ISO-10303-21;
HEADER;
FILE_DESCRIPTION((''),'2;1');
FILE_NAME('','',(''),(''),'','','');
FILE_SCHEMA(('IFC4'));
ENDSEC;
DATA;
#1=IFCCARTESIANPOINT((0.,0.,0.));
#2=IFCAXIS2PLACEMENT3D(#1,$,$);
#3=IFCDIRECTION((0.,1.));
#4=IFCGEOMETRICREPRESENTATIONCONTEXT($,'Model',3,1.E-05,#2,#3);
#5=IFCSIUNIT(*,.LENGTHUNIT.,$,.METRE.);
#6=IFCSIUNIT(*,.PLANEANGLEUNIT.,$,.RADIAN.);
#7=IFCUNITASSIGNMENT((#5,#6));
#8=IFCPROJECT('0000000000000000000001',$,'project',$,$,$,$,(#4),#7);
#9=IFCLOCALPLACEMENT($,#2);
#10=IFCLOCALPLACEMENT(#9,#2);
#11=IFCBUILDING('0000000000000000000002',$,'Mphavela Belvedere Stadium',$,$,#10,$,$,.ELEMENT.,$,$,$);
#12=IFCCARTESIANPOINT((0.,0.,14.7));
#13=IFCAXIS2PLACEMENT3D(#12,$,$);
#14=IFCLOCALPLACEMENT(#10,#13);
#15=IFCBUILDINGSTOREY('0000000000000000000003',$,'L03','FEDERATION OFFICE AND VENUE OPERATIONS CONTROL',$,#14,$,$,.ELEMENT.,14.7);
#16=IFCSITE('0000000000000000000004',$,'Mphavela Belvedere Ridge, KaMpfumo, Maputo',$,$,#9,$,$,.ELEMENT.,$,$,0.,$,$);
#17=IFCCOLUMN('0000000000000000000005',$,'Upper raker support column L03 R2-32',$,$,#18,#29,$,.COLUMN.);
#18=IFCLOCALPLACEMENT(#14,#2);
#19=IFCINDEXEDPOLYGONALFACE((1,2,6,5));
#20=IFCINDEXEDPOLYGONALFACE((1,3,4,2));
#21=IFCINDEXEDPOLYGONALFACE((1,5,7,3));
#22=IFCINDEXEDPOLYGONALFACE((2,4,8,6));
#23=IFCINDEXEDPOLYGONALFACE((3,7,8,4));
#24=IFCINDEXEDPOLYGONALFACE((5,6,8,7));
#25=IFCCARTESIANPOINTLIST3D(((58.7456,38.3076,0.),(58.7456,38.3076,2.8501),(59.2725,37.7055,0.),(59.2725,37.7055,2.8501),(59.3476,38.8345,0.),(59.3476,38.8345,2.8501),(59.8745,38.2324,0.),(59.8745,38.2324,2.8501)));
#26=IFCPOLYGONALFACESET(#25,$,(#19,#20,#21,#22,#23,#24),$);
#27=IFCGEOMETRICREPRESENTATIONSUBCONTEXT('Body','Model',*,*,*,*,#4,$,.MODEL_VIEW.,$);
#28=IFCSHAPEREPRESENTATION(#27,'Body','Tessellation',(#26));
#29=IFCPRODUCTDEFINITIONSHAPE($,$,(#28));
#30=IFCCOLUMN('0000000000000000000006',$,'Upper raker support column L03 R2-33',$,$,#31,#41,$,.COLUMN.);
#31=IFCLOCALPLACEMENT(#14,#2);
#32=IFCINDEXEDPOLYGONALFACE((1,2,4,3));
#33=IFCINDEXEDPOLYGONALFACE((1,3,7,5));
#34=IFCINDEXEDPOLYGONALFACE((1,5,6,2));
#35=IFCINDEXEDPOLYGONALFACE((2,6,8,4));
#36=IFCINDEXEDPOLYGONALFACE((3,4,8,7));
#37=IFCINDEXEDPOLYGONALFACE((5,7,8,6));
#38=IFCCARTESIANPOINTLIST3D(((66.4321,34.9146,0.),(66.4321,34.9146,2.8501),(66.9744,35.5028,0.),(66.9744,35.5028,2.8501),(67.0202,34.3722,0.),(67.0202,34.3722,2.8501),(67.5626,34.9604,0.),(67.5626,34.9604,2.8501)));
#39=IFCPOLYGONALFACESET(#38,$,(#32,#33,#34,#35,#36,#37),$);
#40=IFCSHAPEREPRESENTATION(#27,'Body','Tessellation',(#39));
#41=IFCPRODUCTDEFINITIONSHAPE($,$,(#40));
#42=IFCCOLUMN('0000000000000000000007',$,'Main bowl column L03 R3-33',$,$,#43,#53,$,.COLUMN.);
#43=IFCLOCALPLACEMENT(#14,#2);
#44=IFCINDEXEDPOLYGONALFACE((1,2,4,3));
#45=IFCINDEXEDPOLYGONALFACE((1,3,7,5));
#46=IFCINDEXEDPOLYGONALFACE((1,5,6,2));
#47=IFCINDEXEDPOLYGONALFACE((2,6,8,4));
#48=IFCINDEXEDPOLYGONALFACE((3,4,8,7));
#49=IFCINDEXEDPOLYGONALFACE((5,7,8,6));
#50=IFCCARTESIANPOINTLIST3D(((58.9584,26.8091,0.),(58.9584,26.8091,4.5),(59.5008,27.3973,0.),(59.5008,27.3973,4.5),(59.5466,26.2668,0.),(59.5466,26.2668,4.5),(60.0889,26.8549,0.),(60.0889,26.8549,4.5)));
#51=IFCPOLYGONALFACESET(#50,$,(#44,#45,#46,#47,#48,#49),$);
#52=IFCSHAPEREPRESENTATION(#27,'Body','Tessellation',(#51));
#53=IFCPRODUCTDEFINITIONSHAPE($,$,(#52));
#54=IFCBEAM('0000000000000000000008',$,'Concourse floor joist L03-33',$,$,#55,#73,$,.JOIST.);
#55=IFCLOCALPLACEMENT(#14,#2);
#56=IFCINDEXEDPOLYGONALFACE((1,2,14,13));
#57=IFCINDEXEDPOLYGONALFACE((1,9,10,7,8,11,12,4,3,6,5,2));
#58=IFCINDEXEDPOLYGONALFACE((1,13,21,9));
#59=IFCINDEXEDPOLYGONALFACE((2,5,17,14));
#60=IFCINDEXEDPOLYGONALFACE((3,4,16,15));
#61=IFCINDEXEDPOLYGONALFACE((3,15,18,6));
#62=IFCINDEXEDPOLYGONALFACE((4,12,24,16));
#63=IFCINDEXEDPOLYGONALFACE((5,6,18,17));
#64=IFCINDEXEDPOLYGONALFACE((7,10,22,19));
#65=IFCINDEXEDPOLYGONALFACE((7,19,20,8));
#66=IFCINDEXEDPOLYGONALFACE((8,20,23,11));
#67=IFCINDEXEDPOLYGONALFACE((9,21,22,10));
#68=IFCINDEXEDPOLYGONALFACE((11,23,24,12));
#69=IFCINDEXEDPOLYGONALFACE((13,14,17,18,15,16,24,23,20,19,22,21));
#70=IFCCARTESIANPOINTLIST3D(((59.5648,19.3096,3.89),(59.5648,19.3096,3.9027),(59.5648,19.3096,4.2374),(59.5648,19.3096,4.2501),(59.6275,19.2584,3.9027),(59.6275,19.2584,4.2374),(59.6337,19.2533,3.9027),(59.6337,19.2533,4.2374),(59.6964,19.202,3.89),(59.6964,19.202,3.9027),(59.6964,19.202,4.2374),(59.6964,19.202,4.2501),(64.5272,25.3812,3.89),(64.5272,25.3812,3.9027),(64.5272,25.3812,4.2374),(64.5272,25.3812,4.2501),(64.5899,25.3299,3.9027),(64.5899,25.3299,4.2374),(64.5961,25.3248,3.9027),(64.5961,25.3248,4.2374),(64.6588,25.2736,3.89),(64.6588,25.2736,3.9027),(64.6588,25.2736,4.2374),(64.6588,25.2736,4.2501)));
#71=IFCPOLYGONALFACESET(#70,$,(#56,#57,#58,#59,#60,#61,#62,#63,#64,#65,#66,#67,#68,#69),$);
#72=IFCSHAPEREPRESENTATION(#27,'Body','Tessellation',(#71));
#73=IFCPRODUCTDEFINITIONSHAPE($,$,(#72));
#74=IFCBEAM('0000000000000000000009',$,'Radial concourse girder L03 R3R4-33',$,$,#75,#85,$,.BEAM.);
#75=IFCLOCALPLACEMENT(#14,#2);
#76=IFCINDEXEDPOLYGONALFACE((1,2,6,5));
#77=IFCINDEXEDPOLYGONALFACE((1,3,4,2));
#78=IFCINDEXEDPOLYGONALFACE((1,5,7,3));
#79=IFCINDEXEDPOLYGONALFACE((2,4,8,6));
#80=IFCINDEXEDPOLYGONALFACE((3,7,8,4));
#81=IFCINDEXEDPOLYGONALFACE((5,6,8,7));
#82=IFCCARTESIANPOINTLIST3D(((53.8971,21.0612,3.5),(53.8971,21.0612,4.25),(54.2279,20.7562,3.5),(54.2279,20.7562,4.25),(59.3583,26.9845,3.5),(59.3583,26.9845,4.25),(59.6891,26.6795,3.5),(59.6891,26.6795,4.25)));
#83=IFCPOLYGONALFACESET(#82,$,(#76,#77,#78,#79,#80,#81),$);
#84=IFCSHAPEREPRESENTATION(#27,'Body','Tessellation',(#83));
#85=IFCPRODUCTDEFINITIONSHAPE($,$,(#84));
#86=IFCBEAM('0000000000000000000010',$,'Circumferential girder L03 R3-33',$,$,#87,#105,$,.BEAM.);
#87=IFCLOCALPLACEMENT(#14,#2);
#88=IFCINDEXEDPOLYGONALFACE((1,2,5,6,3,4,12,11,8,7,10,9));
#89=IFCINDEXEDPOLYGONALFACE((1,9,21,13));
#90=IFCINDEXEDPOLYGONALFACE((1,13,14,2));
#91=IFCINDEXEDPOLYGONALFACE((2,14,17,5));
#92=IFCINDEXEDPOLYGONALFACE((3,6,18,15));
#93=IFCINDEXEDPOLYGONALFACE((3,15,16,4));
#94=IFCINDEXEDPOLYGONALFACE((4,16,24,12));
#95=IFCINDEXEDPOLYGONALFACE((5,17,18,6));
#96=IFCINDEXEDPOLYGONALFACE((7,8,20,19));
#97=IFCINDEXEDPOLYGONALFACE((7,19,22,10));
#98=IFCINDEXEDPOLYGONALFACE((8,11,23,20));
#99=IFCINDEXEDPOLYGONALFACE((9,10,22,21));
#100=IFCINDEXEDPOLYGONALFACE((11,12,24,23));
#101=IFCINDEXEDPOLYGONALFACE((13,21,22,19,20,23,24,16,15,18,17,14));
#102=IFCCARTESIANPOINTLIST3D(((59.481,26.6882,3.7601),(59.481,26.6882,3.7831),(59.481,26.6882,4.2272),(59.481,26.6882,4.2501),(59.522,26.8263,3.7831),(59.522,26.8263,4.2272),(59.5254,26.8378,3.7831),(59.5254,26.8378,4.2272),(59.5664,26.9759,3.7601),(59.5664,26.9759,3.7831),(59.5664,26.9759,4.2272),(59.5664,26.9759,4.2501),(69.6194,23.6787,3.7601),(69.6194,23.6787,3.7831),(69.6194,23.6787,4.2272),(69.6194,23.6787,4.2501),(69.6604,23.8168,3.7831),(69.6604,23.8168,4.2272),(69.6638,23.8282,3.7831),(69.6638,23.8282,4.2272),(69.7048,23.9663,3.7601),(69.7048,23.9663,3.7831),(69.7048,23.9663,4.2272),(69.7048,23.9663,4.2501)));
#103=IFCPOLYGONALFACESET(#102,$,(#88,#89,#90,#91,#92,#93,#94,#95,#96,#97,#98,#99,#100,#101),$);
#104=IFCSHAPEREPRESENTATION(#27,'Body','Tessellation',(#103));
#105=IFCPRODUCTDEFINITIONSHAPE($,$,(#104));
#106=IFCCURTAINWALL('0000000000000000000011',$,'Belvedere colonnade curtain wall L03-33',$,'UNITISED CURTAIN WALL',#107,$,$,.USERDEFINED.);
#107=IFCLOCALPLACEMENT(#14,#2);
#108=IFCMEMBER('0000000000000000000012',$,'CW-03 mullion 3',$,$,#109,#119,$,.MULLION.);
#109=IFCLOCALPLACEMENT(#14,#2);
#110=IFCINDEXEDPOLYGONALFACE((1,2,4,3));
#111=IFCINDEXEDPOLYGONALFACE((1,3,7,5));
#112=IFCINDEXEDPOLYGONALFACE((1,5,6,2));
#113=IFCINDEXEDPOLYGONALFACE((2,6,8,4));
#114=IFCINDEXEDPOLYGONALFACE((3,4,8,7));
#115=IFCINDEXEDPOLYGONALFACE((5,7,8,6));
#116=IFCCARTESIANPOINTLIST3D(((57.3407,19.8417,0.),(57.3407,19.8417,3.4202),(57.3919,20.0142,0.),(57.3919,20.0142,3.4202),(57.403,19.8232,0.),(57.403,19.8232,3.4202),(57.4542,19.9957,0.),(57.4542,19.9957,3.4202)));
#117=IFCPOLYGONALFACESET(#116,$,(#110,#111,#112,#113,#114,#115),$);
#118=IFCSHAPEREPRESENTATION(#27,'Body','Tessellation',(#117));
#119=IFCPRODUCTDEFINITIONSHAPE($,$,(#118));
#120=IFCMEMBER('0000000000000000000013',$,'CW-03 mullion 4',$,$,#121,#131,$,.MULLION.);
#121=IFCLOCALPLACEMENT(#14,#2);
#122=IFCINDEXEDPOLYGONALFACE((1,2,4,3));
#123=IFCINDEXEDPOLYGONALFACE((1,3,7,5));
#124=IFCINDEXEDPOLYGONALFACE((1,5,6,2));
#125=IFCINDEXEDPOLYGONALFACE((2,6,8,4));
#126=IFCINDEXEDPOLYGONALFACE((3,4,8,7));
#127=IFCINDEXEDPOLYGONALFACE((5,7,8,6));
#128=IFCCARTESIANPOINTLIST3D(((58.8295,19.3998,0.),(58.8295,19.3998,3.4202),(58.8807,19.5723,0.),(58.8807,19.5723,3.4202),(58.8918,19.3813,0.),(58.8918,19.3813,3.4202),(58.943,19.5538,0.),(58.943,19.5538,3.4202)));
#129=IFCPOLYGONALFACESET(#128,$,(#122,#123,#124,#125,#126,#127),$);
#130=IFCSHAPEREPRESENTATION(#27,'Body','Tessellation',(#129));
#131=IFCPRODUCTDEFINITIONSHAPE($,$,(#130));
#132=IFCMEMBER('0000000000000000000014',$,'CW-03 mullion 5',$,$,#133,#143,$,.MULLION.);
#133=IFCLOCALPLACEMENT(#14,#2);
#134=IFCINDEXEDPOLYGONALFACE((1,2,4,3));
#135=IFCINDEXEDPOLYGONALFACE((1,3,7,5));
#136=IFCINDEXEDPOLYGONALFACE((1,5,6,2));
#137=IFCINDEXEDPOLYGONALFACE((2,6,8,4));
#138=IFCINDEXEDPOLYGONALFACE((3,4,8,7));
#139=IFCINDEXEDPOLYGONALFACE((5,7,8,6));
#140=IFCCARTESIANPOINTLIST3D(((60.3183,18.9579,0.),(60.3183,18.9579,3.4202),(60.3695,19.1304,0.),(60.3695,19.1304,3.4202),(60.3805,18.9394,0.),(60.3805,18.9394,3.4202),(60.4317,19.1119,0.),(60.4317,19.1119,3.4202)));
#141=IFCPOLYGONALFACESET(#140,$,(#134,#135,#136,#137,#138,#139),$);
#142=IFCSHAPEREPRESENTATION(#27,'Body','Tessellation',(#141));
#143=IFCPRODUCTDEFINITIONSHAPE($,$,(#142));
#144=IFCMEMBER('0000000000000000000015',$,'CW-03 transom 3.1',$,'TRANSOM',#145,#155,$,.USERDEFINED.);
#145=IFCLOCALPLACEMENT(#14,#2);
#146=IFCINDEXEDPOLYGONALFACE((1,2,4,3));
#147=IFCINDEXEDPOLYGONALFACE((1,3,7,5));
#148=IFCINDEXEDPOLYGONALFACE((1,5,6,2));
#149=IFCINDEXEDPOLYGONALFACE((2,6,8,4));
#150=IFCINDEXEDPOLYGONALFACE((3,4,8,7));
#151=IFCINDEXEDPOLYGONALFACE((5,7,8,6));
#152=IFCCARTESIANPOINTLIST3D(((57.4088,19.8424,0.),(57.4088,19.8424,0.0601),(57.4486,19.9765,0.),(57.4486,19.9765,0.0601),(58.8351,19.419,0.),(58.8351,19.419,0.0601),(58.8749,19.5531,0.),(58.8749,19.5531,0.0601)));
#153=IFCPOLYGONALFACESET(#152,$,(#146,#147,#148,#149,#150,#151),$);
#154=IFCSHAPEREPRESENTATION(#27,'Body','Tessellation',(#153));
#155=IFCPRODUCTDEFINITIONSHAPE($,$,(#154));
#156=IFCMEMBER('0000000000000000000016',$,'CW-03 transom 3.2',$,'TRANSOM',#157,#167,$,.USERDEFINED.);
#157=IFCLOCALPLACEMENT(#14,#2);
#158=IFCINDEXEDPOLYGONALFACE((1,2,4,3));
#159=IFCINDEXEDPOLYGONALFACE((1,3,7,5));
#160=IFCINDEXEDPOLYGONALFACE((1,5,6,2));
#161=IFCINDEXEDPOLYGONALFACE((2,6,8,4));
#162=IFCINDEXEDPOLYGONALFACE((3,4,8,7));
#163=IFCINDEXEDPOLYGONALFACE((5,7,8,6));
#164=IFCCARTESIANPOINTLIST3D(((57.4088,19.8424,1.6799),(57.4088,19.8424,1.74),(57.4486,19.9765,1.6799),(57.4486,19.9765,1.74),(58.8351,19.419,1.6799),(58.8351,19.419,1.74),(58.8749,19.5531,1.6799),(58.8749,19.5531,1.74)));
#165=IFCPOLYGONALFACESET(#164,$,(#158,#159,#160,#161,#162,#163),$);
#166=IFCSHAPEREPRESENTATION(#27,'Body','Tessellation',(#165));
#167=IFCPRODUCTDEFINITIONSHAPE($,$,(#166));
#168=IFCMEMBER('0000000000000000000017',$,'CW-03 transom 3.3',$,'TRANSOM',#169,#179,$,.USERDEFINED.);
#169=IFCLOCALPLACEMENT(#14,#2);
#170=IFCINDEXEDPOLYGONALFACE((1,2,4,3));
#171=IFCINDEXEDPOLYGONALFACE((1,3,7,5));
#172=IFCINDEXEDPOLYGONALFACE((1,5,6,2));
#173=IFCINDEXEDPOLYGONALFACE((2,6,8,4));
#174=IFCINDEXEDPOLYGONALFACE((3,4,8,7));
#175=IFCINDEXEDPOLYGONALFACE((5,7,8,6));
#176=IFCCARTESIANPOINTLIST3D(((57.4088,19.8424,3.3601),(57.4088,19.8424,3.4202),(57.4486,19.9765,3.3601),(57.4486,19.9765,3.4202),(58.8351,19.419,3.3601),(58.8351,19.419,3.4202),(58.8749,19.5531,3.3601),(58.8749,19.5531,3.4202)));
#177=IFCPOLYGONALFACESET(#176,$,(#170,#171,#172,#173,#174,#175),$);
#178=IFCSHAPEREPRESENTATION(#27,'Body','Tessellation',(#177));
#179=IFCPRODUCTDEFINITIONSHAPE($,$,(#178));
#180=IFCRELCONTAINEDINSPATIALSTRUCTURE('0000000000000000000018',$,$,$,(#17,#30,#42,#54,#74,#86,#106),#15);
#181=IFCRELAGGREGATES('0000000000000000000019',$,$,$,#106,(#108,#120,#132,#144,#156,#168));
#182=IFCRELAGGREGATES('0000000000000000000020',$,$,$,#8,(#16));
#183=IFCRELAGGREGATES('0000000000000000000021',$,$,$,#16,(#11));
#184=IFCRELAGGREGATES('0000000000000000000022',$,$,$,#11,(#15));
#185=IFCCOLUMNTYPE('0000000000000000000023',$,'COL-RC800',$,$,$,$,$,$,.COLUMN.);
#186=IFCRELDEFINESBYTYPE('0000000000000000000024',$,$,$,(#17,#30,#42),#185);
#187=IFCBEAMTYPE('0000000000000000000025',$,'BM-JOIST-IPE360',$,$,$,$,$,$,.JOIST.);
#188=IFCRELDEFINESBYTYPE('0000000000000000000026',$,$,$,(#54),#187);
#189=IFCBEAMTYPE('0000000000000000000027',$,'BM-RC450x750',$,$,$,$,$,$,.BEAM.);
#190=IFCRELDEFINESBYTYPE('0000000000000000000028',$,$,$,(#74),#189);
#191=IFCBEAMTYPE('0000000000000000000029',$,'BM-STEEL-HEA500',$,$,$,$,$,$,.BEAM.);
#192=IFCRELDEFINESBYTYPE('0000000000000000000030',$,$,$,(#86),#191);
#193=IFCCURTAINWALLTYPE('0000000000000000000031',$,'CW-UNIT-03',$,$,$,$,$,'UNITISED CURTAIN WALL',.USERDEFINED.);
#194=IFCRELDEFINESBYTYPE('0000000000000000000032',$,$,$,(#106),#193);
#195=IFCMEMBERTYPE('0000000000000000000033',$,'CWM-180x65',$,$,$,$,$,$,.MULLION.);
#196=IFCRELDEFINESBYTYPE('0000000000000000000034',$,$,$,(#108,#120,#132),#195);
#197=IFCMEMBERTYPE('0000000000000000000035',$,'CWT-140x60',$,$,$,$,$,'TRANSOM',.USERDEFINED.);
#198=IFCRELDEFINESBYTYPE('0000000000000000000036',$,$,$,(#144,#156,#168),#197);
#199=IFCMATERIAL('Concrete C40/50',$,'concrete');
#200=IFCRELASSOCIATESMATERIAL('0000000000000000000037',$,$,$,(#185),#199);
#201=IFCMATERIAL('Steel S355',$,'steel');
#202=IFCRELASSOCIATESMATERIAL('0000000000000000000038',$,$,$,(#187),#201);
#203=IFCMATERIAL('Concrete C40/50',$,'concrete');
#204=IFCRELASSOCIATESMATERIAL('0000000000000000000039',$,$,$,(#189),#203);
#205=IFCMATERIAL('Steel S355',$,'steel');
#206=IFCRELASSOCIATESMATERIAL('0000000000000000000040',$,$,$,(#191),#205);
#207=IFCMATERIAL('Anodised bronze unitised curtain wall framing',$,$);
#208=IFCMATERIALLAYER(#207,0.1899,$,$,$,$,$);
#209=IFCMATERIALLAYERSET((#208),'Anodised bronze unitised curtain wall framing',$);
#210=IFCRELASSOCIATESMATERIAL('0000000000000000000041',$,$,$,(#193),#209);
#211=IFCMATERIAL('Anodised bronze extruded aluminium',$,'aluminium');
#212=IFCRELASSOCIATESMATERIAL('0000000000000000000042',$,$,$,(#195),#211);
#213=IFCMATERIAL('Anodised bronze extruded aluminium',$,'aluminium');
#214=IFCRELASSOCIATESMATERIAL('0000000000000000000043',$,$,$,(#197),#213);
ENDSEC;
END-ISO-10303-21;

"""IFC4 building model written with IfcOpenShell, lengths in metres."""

from ifc_helpers import new_model, si_unit, direction, frame, origin, origin_2d, place, context, subcontext, project, spatial, rectangle, i_section, extrude, material, layer, layer_set, material_profile, profile_set, type_object, element, aggregate, save


model = new_model("IFC4")

# Units and contexts
model_context = context("Model", 3, precision=1e-05, world=origin(), true_north=direction((0.0, 1.0)))
body_context = subcontext(model_context, "Body", "Model", "MODEL_VIEW")
ifc_project = project(units=[si_unit("LENGTHUNIT", "METRE"), si_unit("PLANEANGLEUNIT", "RADIAN")], contexts=[model_context])

# Site, building, storey
site_placement = place(None, origin())
site = spatial("IfcSite", under=ifc_project, at=site_placement, Name="Mphavela Belvedere Ridge, KaMpfumo, Maputo", CompositionType="ELEMENT", RefElevation=0.0)
building_placement = place(site_placement, origin())
building = spatial("IfcBuilding", under=site, at=building_placement, Name="Mphavela Belvedere Stadium", CompositionType="ELEMENT")
storey_placement = place(building_placement, frame((0.0, 0.0, 14.7)))
storey = spatial("IfcBuildingStorey", under=building, at=storey_placement, Name="L03", Description="FEDERATION OFFICE AND VENUE OPERATIONS CONTROL", CompositionType="ELEMENT", Elevation=14.7)

# Columns
ifc_material_1 = material(Name="Concrete C40/50", Category="concrete")
ifc_material_profile_1 = material_profile(ifc_material_1, rectangle(XDim=0.8, YDim=0.8, at=origin_2d()), Name="RC 800x800")
ifc_profile_set_1 = profile_set([ifc_material_profile_1], Name="Concrete C40/50")
column_type = type_object("IfcColumnType", Name="COL-RC800", PredefinedType="COLUMN", material=ifc_profile_set_1)
for number, where, z_axis, x_axis, name in (
    (1, (59.3101, 38.27, 0.0), (0.0, 0.0, 1.0), (-0.75253, -0.658558, 0.0), "Upper raker support column L03 R2-32"),
    (2, (66.9973, 34.9375, 0.0), (0.0, 0.0, 1.0), (-0.677903, -0.735151, 0.0), "Upper raker support column L03 R2-33"),
):
    element("IfcColumn", number, at=place(storey_placement, frame(where, z_axis=z_axis, x_axis=x_axis)), inside=storey, type_object=column_type, Name=name, PredefinedType="COLUMN", context=body_context, shape_type="SweptSolid", body=[
        extrude(rectangle(XDim=0.8, YDim=0.8, at=origin_2d()), origin(), (0.0, 0.0, 1.0), 2.8501),
    ])
column_placement = place(storey_placement, frame((59.5237, 26.832, 0.0), z_axis=(0.0, 0.0, 1.0), x_axis=(-0.677903, -0.735151, 0.0)))
element("IfcColumn", 3, at=column_placement, inside=storey, type_object=column_type, Name="Main bowl column L03 R3-33", PredefinedType="COLUMN", context=body_context, shape_type="SweptSolid", body=[
    extrude(rectangle(XDim=0.8, YDim=0.8, at=origin_2d()), origin(), (0.0, 0.0, 1.0), 4.5),
])

# Beams
ifc_material_2 = material(Name="Steel S355", Category="steel")
ifc_material_profile_2 = material_profile(ifc_material_2, i_section(OverallWidth=0.1699, OverallDepth=0.3601, WebThickness=0.0081, FlangeThickness=0.0127, at=origin_2d()), Name="IPE 360")
ifc_profile_set_2 = profile_set([ifc_material_profile_2], Name="Steel S355")
beam_type_1 = type_object("IfcBeamType", Name="BM-JOIST-IPE360", PredefinedType="JOIST", material=ifc_profile_set_2)
beam_1_placement = place(storey_placement, frame((64.593, 25.3274, 4.0701), z_axis=(-0.632839, -0.774283, 0.0), x_axis=(0.774283, -0.632839, 0.0)))
element("IfcBeam", 4, at=beam_1_placement, inside=storey, type_object=beam_type_1, Name="Concourse floor joist L03-33", PredefinedType="JOIST", context=body_context, shape_type="SweptSolid", body=[
    extrude(i_section(OverallWidth=0.1699, OverallDepth=0.3601, WebThickness=0.0081, FlangeThickness=0.0127, at=origin_2d()), origin(), (0.0, 0.0, 1.0), 7.8416),
])
ifc_material_3 = material(Name="Concrete C40/50", Category="concrete")
ifc_material_profile_3 = material_profile(ifc_material_3, rectangle(XDim=0.45, YDim=0.75, at=origin_2d()), Name="RC 450x750")
ifc_profile_set_3 = profile_set([ifc_material_profile_3], Name="Concrete C40/50")
beam_type_2 = type_object("IfcBeamType", Name="BM-RC450x750", PredefinedType="BEAM", material=ifc_profile_set_3)
beam_2_placement = place(storey_placement, frame((59.5237, 26.832, 3.875), z_axis=(-0.677843, -0.735206, 0.0), x_axis=(0.735206, -0.677843, 0.0)))
element("IfcBeam", 5, at=beam_2_placement, inside=storey, type_object=beam_type_2, Name="Radial concourse girder L03 R3R4-33", PredefinedType="BEAM", context=body_context, shape_type="SweptSolid", body=[
    extrude(rectangle(XDim=0.45, YDim=0.75, at=origin_2d()), origin(), (0.0, 0.0, 1.0), 8.0566),
])
ifc_material_4 = material(Name="Steel S355", Category="steel")
ifc_material_profile_4 = material_profile(ifc_material_4, i_section(OverallWidth=0.3, OverallDepth=0.49, WebThickness=0.012, FlangeThickness=0.0229, at=origin_2d()), Name="HEA 500")
ifc_profile_set_4 = profile_set([ifc_material_profile_4], Name="Steel S355")
beam_type_3 = type_object("IfcBeamType", Name="BM-STEEL-HEA500", PredefinedType="BEAM", material=ifc_profile_set_4)
beam_3_placement = place(storey_placement, frame((59.5237, 26.832, 4.0051), z_axis=(0.958655, -0.28457, 0.0), x_axis=(0.28457, 0.958655, 0.0)))
element("IfcBeam", 6, at=beam_3_placement, inside=storey, type_object=beam_type_3, Name="Circumferential girder L03 R3-33", PredefinedType="BEAM", context=body_context, shape_type="SweptSolid", body=[
    extrude(i_section(OverallWidth=0.3, OverallDepth=0.49, WebThickness=0.012, FlangeThickness=0.0229, at=origin_2d()), origin(), (0.0, 0.0, 1.0), 10.5757),
])

# Curtain wall, members
ifc_material_5 = material(Name="Anodised bronze unitised curtain wall framing")
ifc_layer_1 = layer(ifc_material_5, 0.1899)
ifc_layer_set_1 = layer_set([ifc_layer_1], Name="Anodised bronze unitised curtain wall framing")
curtain_wall_type = type_object("IfcCurtainWallType", Name="CW-UNIT-03", ElementType="UNITISED CURTAIN WALL", PredefinedType="USERDEFINED", material=ifc_layer_set_1)
curtain_wall_placement = place(storey_placement, origin())
curtain_wall = element("IfcCurtainWall", 7, at=curtain_wall_placement, inside=storey, type_object=curtain_wall_type, Name="Belvedere colonnade curtain wall L03-33", ObjectType="UNITISED CURTAIN WALL", PredefinedType="USERDEFINED")
ifc_material_6 = material(Name="Anodised bronze extruded aluminium", Category="aluminium")
ifc_material_profile_5 = material_profile(ifc_material_6, rectangle(XDim=0.1799, YDim=0.0649, at=origin_2d()), Name="CW-MUL 180x65")
ifc_profile_set_5 = profile_set([ifc_material_profile_5], Name="Anodised bronze extruded aluminium")
member_type_1 = type_object("IfcMemberType", Name="CWM-180x65", PredefinedType="MULLION", material=ifc_profile_set_5)
member_1_placement = place(storey_placement, frame((57.3975, 19.9187, 0.0), z_axis=(0.0, 0.0, 1.0), x_axis=(0.284565, 0.958657, 0.0)))
member_1 = element("IfcMember", 8, at=member_1_placement, type_object=member_type_1, Name="CW-03 mullion 3", PredefinedType="MULLION", context=body_context, shape_type="SweptSolid", body=[
    extrude(rectangle(XDim=0.1799, YDim=0.0649, at=origin_2d()), origin(), (0.0, 0.0, 1.0), 3.4202),
])
member_2_placement = place(storey_placement, frame((58.8862, 19.4768, 0.0), z_axis=(0.0, 0.0, 1.0), x_axis=(0.284565, 0.958657, 0.0)))
member_2 = element("IfcMember", 9, at=member_2_placement, type_object=member_type_1, Name="CW-03 mullion 4", PredefinedType="MULLION", context=body_context, shape_type="SweptSolid", body=[
    extrude(rectangle(XDim=0.1799, YDim=0.0649, at=origin_2d()), origin(), (0.0, 0.0, 1.0), 3.4202),
])
member_3_placement = place(storey_placement, frame((60.375, 19.0349, 0.0), z_axis=(0.0, 0.0, 1.0), x_axis=(0.284565, 0.958657, 0.0)))
member_3 = element("IfcMember", 10, at=member_3_placement, type_object=member_type_1, Name="CW-03 mullion 5", PredefinedType="MULLION", context=body_context, shape_type="SweptSolid", body=[
    extrude(rectangle(XDim=0.1799, YDim=0.0649, at=origin_2d()), origin(), (0.0, 0.0, 1.0), 3.4202),
])
ifc_material_7 = material(Name="Anodised bronze extruded aluminium", Category="aluminium")
ifc_material_profile_6 = material_profile(ifc_material_7, rectangle(XDim=0.1399, YDim=0.0601, at=origin_2d()), Name="CW-TRN 140x60")
ifc_profile_set_6 = profile_set([ifc_material_profile_6], Name="Anodised bronze extruded aluminium")
member_type_2 = type_object("IfcMemberType", Name="CWT-140x60", ElementType="TRANSOM", PredefinedType="USERDEFINED", material=ifc_profile_set_6)
member_4_placement = place(storey_placement, frame((57.4287, 19.9094, 0.03), z_axis=(0.958662, -0.284546, 0.0), x_axis=(0.284546, 0.958662, 0.0)))
member_4 = element("IfcMember", 11, at=member_4_placement, type_object=member_type_2, Name="CW-03 transom 3.1", ObjectType="TRANSOM", PredefinedType="USERDEFINED", context=body_context, shape_type="SweptSolid", body=[
    extrude(rectangle(XDim=0.1399, YDim=0.0601, at=origin_2d()), origin(), (0.0, 0.0, 1.0), 1.4878),
])
member_5_placement = place(storey_placement, frame((57.4287, 19.9094, 1.71), z_axis=(0.958662, -0.284546, 0.0), x_axis=(0.284546, 0.958662, 0.0)))
member_5 = element("IfcMember", 12, at=member_5_placement, type_object=member_type_2, Name="CW-03 transom 3.2", ObjectType="TRANSOM", PredefinedType="USERDEFINED", context=body_context, shape_type="SweptSolid", body=[
    extrude(rectangle(XDim=0.1399, YDim=0.0601, at=origin_2d()), origin(), (0.0, 0.0, 1.0), 1.4878),
])
member_6_placement = place(storey_placement, frame((57.4287, 19.9094, 3.3901), z_axis=(0.958662, -0.284546, 0.0), x_axis=(0.284546, 0.958662, 0.0)))
member_6 = element("IfcMember", 13, at=member_6_placement, type_object=member_type_2, Name="CW-03 transom 3.3", ObjectType="TRANSOM", PredefinedType="USERDEFINED", context=body_context, shape_type="SweptSolid", body=[
    extrude(rectangle(XDim=0.1399, YDim=0.0601, at=origin_2d()), origin(), (0.0, 0.0, 1.0), 1.4878),
])
aggregate(curtain_wall, [member_1, member_2, member_3, member_4, member_5, member_6])

save(model, "model.ifc")
